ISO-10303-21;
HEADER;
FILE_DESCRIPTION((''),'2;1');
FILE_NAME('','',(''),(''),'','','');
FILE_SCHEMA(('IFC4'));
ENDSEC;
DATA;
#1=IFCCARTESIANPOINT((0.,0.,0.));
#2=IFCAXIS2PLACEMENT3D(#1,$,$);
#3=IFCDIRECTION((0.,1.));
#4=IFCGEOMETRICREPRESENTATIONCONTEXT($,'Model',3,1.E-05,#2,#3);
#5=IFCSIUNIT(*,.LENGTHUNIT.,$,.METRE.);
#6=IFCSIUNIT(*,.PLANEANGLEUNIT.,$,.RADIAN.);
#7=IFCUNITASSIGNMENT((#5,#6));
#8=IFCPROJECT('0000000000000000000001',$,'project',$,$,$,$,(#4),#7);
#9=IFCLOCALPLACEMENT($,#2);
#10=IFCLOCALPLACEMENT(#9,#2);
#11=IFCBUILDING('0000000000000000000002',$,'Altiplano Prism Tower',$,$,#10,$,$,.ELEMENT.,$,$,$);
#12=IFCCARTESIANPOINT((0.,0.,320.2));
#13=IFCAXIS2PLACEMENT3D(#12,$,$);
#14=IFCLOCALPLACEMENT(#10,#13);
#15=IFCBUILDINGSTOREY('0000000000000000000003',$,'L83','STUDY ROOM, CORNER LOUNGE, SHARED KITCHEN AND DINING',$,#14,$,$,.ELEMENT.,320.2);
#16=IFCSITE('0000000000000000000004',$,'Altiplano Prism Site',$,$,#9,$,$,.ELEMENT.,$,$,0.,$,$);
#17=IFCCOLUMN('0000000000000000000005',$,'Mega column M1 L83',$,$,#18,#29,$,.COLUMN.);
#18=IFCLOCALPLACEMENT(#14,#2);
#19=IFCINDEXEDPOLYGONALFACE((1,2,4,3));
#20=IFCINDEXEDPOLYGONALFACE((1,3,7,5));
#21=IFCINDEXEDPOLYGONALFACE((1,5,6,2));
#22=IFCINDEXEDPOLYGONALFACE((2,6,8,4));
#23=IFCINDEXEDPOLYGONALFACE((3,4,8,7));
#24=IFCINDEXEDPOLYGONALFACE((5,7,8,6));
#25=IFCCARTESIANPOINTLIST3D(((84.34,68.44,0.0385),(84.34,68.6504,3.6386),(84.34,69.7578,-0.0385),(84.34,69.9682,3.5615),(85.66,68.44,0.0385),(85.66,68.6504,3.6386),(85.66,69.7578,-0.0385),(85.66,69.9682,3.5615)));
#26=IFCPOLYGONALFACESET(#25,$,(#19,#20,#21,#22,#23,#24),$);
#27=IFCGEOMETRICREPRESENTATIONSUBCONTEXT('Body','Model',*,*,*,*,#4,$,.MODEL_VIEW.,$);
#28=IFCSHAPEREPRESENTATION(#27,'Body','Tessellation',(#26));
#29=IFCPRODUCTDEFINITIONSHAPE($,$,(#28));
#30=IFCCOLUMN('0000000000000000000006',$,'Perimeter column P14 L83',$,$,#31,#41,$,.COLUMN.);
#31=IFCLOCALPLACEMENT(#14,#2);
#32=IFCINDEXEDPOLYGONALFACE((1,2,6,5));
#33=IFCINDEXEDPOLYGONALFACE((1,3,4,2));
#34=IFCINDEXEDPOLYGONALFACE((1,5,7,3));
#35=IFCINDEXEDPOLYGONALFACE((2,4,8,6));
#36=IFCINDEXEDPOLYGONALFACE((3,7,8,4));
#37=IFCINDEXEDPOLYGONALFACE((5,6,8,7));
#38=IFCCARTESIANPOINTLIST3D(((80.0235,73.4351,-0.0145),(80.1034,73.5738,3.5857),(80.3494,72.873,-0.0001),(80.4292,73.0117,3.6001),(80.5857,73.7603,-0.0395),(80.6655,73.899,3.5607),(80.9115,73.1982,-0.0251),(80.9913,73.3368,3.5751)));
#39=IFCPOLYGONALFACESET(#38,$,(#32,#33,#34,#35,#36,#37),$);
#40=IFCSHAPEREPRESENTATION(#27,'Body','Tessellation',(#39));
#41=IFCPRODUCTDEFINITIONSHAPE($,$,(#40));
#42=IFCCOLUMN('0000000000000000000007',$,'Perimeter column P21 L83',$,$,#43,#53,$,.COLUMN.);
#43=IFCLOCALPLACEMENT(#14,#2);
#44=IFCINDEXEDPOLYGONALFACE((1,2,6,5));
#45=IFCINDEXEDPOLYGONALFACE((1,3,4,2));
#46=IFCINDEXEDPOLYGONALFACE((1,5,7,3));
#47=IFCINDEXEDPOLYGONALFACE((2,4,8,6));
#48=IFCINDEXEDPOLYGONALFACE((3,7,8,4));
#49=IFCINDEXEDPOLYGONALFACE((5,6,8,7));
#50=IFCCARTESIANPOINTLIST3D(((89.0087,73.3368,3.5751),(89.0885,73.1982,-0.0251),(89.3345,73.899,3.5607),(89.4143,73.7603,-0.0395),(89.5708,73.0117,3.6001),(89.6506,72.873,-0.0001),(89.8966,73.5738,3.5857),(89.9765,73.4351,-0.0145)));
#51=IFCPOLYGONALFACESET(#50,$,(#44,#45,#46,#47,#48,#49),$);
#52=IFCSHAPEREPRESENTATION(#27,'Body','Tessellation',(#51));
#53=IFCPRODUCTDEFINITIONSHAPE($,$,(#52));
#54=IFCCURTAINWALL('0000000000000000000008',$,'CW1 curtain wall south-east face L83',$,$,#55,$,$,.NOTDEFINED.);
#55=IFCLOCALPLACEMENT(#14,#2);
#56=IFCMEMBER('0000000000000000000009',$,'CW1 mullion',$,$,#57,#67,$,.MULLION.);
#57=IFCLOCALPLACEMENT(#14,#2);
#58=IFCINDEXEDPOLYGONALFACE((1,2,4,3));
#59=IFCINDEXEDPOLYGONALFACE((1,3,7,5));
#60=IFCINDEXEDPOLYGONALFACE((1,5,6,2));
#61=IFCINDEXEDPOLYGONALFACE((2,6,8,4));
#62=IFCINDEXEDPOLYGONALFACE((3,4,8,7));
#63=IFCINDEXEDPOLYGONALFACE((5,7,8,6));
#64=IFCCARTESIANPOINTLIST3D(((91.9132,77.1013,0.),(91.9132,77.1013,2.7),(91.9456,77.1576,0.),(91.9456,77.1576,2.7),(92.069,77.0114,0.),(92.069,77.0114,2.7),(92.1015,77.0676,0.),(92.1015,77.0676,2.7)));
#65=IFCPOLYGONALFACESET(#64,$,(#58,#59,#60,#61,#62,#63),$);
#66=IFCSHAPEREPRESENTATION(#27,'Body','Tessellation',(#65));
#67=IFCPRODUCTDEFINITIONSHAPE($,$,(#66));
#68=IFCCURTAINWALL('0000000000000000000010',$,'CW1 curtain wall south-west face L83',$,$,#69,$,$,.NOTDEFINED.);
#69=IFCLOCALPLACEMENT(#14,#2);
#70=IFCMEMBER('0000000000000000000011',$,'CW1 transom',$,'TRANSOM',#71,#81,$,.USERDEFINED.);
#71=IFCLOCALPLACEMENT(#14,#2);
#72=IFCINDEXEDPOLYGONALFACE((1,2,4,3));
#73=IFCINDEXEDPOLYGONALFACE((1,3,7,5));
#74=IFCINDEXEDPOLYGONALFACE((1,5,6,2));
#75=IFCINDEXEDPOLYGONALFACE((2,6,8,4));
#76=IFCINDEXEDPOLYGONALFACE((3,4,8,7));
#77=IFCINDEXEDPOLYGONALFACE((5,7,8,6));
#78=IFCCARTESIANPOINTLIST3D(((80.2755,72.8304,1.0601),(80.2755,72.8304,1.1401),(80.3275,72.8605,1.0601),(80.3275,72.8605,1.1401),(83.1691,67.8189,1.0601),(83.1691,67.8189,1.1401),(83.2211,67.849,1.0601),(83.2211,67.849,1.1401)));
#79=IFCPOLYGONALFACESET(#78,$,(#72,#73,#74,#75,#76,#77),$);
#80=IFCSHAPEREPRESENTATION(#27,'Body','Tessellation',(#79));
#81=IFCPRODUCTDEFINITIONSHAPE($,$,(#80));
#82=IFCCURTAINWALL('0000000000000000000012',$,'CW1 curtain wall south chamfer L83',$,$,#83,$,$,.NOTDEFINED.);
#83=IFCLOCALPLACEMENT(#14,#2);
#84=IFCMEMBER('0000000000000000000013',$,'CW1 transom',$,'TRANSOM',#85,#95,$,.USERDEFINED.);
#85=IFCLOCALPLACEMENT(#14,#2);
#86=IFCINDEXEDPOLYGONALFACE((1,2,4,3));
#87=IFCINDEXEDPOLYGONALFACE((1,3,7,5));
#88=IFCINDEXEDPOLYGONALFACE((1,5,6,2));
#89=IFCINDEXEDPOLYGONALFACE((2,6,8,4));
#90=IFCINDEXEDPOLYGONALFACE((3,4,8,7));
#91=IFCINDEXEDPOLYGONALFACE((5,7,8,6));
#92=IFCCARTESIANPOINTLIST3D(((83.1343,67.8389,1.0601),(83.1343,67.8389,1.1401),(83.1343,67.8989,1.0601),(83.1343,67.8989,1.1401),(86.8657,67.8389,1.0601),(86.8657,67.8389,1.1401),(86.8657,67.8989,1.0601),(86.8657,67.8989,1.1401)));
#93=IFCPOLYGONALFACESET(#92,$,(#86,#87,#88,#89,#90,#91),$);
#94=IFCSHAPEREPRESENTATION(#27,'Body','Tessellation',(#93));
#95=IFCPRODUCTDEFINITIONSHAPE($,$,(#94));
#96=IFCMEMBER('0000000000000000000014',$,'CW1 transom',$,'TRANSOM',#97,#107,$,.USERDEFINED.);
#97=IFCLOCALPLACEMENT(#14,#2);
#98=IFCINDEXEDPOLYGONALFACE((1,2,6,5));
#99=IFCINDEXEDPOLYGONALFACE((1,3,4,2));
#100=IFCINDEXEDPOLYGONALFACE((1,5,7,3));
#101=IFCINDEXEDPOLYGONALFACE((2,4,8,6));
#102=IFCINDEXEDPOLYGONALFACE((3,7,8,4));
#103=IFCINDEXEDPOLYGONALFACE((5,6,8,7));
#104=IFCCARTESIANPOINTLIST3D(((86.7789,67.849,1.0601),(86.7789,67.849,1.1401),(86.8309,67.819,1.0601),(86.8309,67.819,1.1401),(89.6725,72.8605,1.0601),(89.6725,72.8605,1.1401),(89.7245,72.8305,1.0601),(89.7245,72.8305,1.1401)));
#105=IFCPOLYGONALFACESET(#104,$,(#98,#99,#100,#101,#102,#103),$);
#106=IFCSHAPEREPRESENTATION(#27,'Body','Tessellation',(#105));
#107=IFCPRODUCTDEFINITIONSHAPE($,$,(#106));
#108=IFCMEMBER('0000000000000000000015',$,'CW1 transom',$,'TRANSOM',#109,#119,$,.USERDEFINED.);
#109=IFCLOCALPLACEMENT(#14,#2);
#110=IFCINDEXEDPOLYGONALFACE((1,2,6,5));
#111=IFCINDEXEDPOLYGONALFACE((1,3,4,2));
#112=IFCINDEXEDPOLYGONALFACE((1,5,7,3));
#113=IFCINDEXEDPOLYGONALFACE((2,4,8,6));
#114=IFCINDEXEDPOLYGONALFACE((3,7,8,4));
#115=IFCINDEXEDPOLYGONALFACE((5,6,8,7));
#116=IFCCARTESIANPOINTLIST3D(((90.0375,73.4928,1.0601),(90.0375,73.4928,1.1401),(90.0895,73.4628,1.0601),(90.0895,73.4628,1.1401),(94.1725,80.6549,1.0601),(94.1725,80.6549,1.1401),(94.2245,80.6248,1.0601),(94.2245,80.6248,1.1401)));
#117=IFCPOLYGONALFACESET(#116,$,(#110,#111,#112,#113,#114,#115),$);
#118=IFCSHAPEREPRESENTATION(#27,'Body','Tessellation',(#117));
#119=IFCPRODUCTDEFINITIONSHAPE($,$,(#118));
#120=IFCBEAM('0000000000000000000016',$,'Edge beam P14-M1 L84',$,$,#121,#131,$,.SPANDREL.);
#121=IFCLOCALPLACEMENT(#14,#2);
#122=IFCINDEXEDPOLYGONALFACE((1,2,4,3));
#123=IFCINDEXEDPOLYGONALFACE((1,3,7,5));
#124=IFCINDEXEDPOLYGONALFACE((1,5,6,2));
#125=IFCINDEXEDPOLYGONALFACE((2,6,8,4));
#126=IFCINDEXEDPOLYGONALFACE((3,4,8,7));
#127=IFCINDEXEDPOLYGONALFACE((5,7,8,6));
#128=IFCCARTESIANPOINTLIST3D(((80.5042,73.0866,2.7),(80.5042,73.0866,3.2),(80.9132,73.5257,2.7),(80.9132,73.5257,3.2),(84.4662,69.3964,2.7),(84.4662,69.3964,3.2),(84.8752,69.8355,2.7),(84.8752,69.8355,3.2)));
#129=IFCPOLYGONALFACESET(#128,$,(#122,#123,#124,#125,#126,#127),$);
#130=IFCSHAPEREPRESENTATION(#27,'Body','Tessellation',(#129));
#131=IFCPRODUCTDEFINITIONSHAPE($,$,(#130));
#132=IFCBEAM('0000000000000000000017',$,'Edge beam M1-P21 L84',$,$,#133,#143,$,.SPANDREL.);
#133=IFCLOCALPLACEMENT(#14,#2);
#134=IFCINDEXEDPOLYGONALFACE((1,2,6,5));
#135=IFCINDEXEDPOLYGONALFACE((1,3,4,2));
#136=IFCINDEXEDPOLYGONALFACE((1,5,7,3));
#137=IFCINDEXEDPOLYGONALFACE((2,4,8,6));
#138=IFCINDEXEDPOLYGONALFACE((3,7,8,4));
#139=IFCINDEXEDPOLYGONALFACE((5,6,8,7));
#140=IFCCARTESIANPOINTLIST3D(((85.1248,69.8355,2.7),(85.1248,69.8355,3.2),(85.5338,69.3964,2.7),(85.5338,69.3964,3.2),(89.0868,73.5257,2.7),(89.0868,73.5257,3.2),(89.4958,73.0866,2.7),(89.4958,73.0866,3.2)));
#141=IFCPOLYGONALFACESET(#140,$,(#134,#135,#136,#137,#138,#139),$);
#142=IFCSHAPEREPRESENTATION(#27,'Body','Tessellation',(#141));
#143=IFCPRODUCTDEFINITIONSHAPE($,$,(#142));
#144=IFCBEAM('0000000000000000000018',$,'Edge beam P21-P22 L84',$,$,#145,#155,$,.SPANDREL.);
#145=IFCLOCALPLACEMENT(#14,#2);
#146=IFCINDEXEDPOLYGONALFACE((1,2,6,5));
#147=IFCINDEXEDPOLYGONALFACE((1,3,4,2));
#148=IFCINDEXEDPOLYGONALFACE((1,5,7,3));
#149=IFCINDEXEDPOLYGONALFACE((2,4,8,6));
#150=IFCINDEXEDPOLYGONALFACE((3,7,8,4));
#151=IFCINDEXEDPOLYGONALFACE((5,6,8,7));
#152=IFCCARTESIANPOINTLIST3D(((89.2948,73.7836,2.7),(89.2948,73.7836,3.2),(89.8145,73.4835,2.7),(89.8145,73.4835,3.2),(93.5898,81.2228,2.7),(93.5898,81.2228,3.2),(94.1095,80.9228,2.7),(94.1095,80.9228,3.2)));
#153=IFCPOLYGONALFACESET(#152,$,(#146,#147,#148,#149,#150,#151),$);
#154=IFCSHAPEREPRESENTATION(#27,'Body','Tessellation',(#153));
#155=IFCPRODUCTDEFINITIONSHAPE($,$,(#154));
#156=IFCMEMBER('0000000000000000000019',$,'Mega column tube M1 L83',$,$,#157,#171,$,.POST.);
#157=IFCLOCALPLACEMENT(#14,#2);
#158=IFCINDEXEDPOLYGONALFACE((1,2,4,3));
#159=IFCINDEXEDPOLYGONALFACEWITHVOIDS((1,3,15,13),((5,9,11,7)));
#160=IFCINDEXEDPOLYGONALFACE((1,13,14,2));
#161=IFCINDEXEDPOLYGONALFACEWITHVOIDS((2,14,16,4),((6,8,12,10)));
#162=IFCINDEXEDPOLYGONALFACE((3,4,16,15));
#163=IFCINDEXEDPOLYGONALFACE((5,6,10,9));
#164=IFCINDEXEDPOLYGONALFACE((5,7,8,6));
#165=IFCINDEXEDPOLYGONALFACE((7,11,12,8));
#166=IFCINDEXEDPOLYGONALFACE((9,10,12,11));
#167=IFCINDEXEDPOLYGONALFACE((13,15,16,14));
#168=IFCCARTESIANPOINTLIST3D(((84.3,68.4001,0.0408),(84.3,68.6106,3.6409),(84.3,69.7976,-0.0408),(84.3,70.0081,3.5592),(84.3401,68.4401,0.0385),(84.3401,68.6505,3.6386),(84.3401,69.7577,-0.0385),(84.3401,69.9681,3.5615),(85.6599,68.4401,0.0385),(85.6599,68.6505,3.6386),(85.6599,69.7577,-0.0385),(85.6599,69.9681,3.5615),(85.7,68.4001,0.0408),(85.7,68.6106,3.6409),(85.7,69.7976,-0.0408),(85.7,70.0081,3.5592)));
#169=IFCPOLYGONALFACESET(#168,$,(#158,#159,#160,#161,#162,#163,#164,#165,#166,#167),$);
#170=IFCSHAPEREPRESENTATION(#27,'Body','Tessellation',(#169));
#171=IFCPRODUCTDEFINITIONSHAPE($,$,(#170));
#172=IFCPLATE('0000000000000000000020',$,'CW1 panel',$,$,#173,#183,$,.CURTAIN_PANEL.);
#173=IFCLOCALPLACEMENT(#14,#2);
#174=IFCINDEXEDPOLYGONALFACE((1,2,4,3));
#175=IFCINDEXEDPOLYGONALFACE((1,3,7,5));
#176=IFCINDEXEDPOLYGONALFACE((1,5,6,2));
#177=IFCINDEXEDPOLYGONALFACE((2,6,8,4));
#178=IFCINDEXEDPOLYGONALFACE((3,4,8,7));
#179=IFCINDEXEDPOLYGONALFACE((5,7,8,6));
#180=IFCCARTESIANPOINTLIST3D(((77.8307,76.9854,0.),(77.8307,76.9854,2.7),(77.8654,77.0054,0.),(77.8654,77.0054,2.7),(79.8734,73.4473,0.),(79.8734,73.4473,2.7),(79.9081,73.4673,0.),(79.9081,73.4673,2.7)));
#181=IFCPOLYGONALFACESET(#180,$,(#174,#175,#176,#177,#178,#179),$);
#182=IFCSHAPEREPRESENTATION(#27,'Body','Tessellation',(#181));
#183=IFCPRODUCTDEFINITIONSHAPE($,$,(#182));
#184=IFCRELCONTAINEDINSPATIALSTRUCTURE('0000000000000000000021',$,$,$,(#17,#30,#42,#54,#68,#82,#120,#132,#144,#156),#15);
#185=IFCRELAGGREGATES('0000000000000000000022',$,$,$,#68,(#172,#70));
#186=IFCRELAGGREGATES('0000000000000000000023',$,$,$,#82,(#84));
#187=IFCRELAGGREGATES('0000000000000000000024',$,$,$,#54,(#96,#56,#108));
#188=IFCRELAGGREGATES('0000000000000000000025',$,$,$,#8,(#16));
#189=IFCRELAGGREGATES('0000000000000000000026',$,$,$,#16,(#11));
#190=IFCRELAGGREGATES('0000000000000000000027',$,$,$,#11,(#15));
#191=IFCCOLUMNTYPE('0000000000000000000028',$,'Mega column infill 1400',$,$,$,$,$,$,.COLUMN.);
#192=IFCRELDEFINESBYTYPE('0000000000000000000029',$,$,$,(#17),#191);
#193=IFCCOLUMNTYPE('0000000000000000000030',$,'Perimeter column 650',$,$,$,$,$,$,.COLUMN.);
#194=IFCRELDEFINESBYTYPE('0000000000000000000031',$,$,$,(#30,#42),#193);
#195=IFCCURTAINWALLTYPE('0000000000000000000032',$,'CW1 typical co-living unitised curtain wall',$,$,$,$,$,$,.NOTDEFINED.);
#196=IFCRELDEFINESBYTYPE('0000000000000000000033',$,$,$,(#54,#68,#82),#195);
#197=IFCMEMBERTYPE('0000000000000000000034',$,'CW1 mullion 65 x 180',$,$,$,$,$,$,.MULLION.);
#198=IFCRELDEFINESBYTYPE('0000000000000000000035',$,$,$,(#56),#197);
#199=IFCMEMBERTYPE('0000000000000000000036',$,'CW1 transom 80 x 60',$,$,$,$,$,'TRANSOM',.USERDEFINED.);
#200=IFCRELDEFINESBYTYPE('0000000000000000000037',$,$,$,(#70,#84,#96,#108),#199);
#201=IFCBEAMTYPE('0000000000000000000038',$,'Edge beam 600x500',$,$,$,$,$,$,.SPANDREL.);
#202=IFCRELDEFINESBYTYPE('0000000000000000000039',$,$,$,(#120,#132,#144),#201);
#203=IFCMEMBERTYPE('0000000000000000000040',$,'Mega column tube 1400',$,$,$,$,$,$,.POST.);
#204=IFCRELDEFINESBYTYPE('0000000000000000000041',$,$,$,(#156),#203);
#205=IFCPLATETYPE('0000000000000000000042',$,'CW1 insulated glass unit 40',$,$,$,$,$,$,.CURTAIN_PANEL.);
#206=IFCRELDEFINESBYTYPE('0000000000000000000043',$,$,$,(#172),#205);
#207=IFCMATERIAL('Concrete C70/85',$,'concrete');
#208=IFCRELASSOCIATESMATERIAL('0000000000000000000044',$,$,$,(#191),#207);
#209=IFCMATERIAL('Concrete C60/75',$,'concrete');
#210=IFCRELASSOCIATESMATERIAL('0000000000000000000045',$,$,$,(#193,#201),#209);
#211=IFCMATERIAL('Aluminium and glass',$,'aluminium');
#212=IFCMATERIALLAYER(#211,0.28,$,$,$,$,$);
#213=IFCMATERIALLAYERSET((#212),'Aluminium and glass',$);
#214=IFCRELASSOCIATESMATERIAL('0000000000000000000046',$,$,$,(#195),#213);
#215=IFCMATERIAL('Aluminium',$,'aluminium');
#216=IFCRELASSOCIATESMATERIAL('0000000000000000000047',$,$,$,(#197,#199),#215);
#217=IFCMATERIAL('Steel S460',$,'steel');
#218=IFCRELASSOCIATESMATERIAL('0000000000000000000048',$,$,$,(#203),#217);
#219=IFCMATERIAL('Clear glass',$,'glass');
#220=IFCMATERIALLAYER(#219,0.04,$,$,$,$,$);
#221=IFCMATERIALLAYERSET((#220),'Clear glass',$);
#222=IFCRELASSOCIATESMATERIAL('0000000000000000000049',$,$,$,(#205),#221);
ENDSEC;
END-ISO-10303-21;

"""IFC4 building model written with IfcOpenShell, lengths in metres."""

from ifc_helpers import new_model, si_unit, direction, frame, origin, origin_2d, place, context, subcontext, project, spatial, rectangle, hollow_rectangle, extrude, material, layer, layer_set, material_profile, profile_set, type_object, element, aggregate, save


model = new_model("IFC4")

# Units and contexts
model_context = context("Model", 3, precision=1e-05, world=origin(), true_north=direction((0.0, 1.0)))
body_context = subcontext(model_context, "Body", "Model", "MODEL_VIEW")
ifc_project = project(units=[si_unit("LENGTHUNIT", "METRE"), si_unit("PLANEANGLEUNIT", "RADIAN")], contexts=[model_context])

# Site, building, storey
site_placement = place(None, origin())
site = spatial("IfcSite", under=ifc_project, at=site_placement, Name="Altiplano Prism Site", CompositionType="ELEMENT", RefElevation=0.0)
building_placement = place(site_placement, origin())
building = spatial("IfcBuilding", under=site, at=building_placement, Name="Altiplano Prism Tower", CompositionType="ELEMENT")
storey_placement = place(building_placement, frame((0.0, 0.0, 320.2)))
storey = spatial("IfcBuildingStorey", under=building, at=storey_placement, Name="L83", Description="STUDY ROOM, CORNER LOUNGE, SHARED KITCHEN AND DINING", CompositionType="ELEMENT", Elevation=320.2)

# Columns
ifc_material_1 = material(Name="Concrete C70/85", Category="concrete")
ifc_material_profile_1 = material_profile(ifc_material_1, rectangle(XDim=1.3201, YDim=1.3201, at=origin_2d()), Name="Mega column infill 1400")
ifc_profile_set_1 = profile_set([ifc_material_profile_1], Name="Concrete C70/85")
column_type_1 = type_object("IfcColumnType", Name="Mega column infill 1400", PredefinedType="COLUMN", material=ifc_profile_set_1)
column_placement = place(storey_placement, frame((85.0, 69.0989, 0.0), z_axis=(0.0, 0.058357, 0.998296), x_axis=(-1.0, 0.0, 0.0)))
element("IfcColumn", 1, at=column_placement, inside=storey, type_object=column_type_1, Name="Mega column M1 L83", PredefinedType="COLUMN", context=body_context, shape_type="SweptSolid", body=[
    extrude(rectangle(XDim=1.3201, YDim=1.3201, at=origin_2d()), origin(), (0.0, 0.0, 1.0), 3.6062),
])
ifc_material_2 = material(Name="Concrete C60/75", Category="concrete")
ifc_material_profile_2 = material_profile(ifc_material_2, rectangle(XDim=0.6499, YDim=0.6499, at=origin_2d()), Name="Perimeter column 650")
ifc_profile_set_2 = profile_set([ifc_material_profile_2], Name="Concrete C60/75")
column_type_2 = type_object("IfcColumnType", Name="Perimeter column 650", PredefinedType="COLUMN", material=ifc_profile_set_2)
for number, where, z_axis, x_axis, name in (
    (2, (80.4675, 73.3167, -0.0198), (0.022154, 0.038481, 0.999014), (-0.86498, -0.500331, 0.038454), "Perimeter column P14 L83"),
    (3, (89.5325, 73.3167, -0.0198), (-0.022154, 0.038481, 0.999014), (-0.501318, -0.864978, 0.022201), "Perimeter column P21 L83"),
):
    element("IfcColumn", number, at=place(storey_placement, frame(where, z_axis=z_axis, x_axis=x_axis)), inside=storey, type_object=column_type_2, Name=name, PredefinedType="COLUMN", context=body_context, shape_type="SweptSolid", body=[
        extrude(rectangle(XDim=0.6499, YDim=0.6499, at=origin_2d()), origin(), (0.0, 0.0, 1.0), 3.6038),
    ])

# Curtain walls, members
ifc_material_3 = material(Name="Aluminium and glass", Category="aluminium")
ifc_layer_1 = layer(ifc_material_3, 0.28)
ifc_layer_set_1 = layer_set([ifc_layer_1], Name="Aluminium and glass")
curtain_wall_type = type_object("IfcCurtainWallType", Name="CW1 typical co-living unitised curtain wall", PredefinedType="NOTDEFINED", material=ifc_layer_set_1)
curtain_wall_1_placement = place(storey_placement, origin())
curtain_wall_1 = element("IfcCurtainWall", 4, at=curtain_wall_1_placement, inside=storey, type_object=curtain_wall_type, Name="CW1 curtain wall south-east face L83", PredefinedType="NOTDEFINED")
ifc_material_4 = material(Name="Aluminium", Category="aluminium")
ifc_material_profile_3 = material_profile(ifc_material_4, rectangle(XDim=0.1799, YDim=0.0649, at=origin_2d()), Name="CW1 mullion 65 x 180")
ifc_profile_set_3 = profile_set([ifc_material_profile_3], Name="Aluminium")
member_type_1 = type_object("IfcMemberType", Name="CW1 mullion 65 x 180", PredefinedType="MULLION", material=ifc_profile_set_3)
member_1_placement = place(storey_placement, frame((92.0073, 77.0845, 0.0), z_axis=(0.0, 0.0, 1.0), x_axis=(-0.866025, 0.5, 0.0)))
member_1 = element("IfcMember", 5, at=member_1_placement, type_object=member_type_1, Name="CW1 mullion", PredefinedType="MULLION", context=body_context, shape_type="SweptSolid", body=[
    extrude(rectangle(XDim=0.1799, YDim=0.0649, at=origin_2d()), origin(), (0.0, 0.0, 1.0), 2.7),
])
curtain_wall_2_placement = place(storey_placement, origin())
curtain_wall_2 = element("IfcCurtainWall", 6, at=curtain_wall_2_placement, inside=storey, type_object=curtain_wall_type, Name="CW1 curtain wall south-west face L83", PredefinedType="NOTDEFINED")
ifc_material_profile_4 = material_profile(ifc_material_4, rectangle(XDim=0.0601, YDim=0.0801, at=origin_2d()), Name="CW1 transom 80 x 60")
ifc_profile_set_4 = profile_set([ifc_material_profile_4], Name="Aluminium")
member_type_2 = type_object("IfcMemberType", Name="CW1 transom 80 x 60", ElementType="TRANSOM", PredefinedType="USERDEFINED", material=ifc_profile_set_4)
member_2_placement = place(storey_placement, frame((80.3015, 72.8455, 1.1001), z_axis=(0.500023, -0.866012, 0.0), x_axis=(0.866012, 0.500023, 0.0)))
member_2 = element("IfcMember", 7, at=member_2_placement, type_object=member_type_2, Name="CW1 transom", ObjectType="TRANSOM", PredefinedType="USERDEFINED", context=body_context, shape_type="SweptSolid", body=[
    extrude(rectangle(XDim=0.0601, YDim=0.0801, at=origin_2d()), origin(), (0.0, 0.0, 1.0), 5.7869),
])
curtain_wall_3_placement = place(storey_placement, origin())
curtain_wall_3 = element("IfcCurtainWall", 8, at=curtain_wall_3_placement, inside=storey, type_object=curtain_wall_type, Name="CW1 curtain wall south chamfer L83", PredefinedType="NOTDEFINED")
member_3_placement = place(storey_placement, frame((83.1343, 67.8689, 1.1001), z_axis=(1.0, 0.0, 0.0), x_axis=(0.0, 1.0, 0.0)))
member_3 = element("IfcMember", 9, at=member_3_placement, type_object=member_type_2, Name="CW1 transom", ObjectType="TRANSOM", PredefinedType="USERDEFINED", context=body_context, shape_type="SweptSolid", body=[
    extrude(rectangle(XDim=0.0601, YDim=0.0801, at=origin_2d()), origin(), (0.0, 0.0, 1.0), 3.7314),
])

# Members
member_4_placement = place(storey_placement, frame((86.8049, 67.834, 1.1001), z_axis=(0.500023, 0.866012, 0.0), x_axis=(-0.866012, 0.500023, 0.0)))
member_4 = element("IfcMember", 10, at=member_4_placement, type_object=member_type_2, Name="CW1 transom", ObjectType="TRANSOM", PredefinedType="USERDEFINED", context=body_context, shape_type="SweptSolid", body=[
    extrude(rectangle(XDim=0.0601, YDim=0.0801, at=origin_2d()), origin(), (0.0, 0.0, 1.0), 5.7869),
])
member_5_placement = place(storey_placement, frame((90.0635, 73.4778, 1.1001), z_axis=(0.499997, 0.866027, 0.0), x_axis=(-0.866027, 0.499997, 0.0)))
member_5 = element("IfcMember", 11, at=member_5_placement, type_object=member_type_2, Name="CW1 transom", ObjectType="TRANSOM", PredefinedType="USERDEFINED", context=body_context, shape_type="SweptSolid", body=[
    extrude(rectangle(XDim=0.0601, YDim=0.0801, at=origin_2d()), origin(), (0.0, 0.0, 1.0), 8.27),
])

# Beams
ifc_material_profile_5 = material_profile(ifc_material_2, rectangle(XDim=0.6001, YDim=0.5, at=origin_2d()), Name="Edge beam 600x500")
ifc_profile_set_5 = profile_set([ifc_material_profile_5], Name="Concrete C60/75")
beam_type = type_object("IfcBeamType", Name="Edge beam 600x500", PredefinedType="SPANDREL", material=ifc_profile_set_5)
for number, where, z_axis, x_axis, name in (
    (12, (80.7087, 73.3062, 2.95), (0.731755, -0.681568, 0.0), (0.681568, 0.731755, 0.0), "Edge beam P14-M1 L84"),
    (13, (85.3293, 69.616, 2.95), (0.731755, 0.681568, 0.0), (-0.681568, 0.731755, 0.0), "Edge beam M1-P21 L84"),
):
    element("IfcBeam", number, at=place(storey_placement, frame(where, z_axis=z_axis, x_axis=x_axis)), inside=storey, type_object=beam_type, Name=name, PredefinedType="SPANDREL", context=body_context, shape_type="SweptSolid", body=[
        extrude(rectangle(XDim=0.6001, YDim=0.5, at=origin_2d()), origin(), (0.0, 0.0, 1.0), 5.4143),
    ])
beam_placement = place(storey_placement, frame((89.5547, 73.6335, 2.95), z_axis=(0.499991, 0.866031, 0.0), x_axis=(-0.866031, 0.499991, 0.0)))
element("IfcBeam", 14, at=beam_placement, inside=storey, type_object=beam_type, Name="Edge beam P21-P22 L84", PredefinedType="SPANDREL", context=body_context, shape_type="SweptSolid", body=[
    extrude(rectangle(XDim=0.6001, YDim=0.5, at=origin_2d()), origin(), (0.0, 0.0, 1.0), 8.5901),
])

# Member
ifc_material_5 = material(Name="Steel S460", Category="steel")
ifc_material_profile_6 = material_profile(ifc_material_5, hollow_rectangle(XDim=1.3999, YDim=1.3999, WallThickness=0.04, at=origin_2d()), Name="Mega column tube 1400")
ifc_profile_set_6 = profile_set([ifc_material_profile_6], Name="Steel S460")
member_type_3 = type_object("IfcMemberType", Name="Mega column tube 1400", PredefinedType="POST", material=ifc_profile_set_6)
member_6_placement = place(storey_placement, frame((85.0, 69.0989, 0.0), z_axis=(0.0, 0.058357, 0.998296), x_axis=(-1.0, 0.0, 0.0)))
element("IfcMember", 15, at=member_6_placement, inside=storey, type_object=member_type_3, Name="Mega column tube M1 L83", PredefinedType="POST", context=body_context, shape_type="SweptSolid", body=[
    extrude(hollow_rectangle(XDim=1.3999, YDim=1.3999, WallThickness=0.04, at=origin_2d()), origin(), (0.0, 0.0, 1.0), 3.6062),
])

# Plate
ifc_material_6 = material(Name="Clear glass", Category="glass")
ifc_layer_2 = layer(ifc_material_6, 0.04)
ifc_layer_set_2 = layer_set([ifc_layer_2], Name="Clear glass")
plate_type = type_object("IfcPlateType", Name="CW1 insulated glass unit 40", PredefinedType="CURTAIN_PANEL", material=ifc_layer_set_2)
plate_1_placement = place(storey_placement, frame((78.8694, 75.2263, 0.0), z_axis=(0.0, 0.0, 1.0), x_axis=(0.5, -0.866025, 0.0)))
plate_1 = element("IfcPlate", 16, at=plate_1_placement, type_object=plate_type, Name="CW1 panel", PredefinedType="CURTAIN_PANEL", context=body_context, shape_type="SweptSolid", body=[
    extrude(rectangle(XDim=4.0854, YDim=0.04, at=origin_2d()), origin(), (0.0, 0.0, 1.0), 2.7),
])
aggregate(curtain_wall_2, [plate_1, member_2])
aggregate(curtain_wall_3, [member_3])
aggregate(curtain_wall_1, [member_4, member_1, member_5])

save(model, "model.ifc")
